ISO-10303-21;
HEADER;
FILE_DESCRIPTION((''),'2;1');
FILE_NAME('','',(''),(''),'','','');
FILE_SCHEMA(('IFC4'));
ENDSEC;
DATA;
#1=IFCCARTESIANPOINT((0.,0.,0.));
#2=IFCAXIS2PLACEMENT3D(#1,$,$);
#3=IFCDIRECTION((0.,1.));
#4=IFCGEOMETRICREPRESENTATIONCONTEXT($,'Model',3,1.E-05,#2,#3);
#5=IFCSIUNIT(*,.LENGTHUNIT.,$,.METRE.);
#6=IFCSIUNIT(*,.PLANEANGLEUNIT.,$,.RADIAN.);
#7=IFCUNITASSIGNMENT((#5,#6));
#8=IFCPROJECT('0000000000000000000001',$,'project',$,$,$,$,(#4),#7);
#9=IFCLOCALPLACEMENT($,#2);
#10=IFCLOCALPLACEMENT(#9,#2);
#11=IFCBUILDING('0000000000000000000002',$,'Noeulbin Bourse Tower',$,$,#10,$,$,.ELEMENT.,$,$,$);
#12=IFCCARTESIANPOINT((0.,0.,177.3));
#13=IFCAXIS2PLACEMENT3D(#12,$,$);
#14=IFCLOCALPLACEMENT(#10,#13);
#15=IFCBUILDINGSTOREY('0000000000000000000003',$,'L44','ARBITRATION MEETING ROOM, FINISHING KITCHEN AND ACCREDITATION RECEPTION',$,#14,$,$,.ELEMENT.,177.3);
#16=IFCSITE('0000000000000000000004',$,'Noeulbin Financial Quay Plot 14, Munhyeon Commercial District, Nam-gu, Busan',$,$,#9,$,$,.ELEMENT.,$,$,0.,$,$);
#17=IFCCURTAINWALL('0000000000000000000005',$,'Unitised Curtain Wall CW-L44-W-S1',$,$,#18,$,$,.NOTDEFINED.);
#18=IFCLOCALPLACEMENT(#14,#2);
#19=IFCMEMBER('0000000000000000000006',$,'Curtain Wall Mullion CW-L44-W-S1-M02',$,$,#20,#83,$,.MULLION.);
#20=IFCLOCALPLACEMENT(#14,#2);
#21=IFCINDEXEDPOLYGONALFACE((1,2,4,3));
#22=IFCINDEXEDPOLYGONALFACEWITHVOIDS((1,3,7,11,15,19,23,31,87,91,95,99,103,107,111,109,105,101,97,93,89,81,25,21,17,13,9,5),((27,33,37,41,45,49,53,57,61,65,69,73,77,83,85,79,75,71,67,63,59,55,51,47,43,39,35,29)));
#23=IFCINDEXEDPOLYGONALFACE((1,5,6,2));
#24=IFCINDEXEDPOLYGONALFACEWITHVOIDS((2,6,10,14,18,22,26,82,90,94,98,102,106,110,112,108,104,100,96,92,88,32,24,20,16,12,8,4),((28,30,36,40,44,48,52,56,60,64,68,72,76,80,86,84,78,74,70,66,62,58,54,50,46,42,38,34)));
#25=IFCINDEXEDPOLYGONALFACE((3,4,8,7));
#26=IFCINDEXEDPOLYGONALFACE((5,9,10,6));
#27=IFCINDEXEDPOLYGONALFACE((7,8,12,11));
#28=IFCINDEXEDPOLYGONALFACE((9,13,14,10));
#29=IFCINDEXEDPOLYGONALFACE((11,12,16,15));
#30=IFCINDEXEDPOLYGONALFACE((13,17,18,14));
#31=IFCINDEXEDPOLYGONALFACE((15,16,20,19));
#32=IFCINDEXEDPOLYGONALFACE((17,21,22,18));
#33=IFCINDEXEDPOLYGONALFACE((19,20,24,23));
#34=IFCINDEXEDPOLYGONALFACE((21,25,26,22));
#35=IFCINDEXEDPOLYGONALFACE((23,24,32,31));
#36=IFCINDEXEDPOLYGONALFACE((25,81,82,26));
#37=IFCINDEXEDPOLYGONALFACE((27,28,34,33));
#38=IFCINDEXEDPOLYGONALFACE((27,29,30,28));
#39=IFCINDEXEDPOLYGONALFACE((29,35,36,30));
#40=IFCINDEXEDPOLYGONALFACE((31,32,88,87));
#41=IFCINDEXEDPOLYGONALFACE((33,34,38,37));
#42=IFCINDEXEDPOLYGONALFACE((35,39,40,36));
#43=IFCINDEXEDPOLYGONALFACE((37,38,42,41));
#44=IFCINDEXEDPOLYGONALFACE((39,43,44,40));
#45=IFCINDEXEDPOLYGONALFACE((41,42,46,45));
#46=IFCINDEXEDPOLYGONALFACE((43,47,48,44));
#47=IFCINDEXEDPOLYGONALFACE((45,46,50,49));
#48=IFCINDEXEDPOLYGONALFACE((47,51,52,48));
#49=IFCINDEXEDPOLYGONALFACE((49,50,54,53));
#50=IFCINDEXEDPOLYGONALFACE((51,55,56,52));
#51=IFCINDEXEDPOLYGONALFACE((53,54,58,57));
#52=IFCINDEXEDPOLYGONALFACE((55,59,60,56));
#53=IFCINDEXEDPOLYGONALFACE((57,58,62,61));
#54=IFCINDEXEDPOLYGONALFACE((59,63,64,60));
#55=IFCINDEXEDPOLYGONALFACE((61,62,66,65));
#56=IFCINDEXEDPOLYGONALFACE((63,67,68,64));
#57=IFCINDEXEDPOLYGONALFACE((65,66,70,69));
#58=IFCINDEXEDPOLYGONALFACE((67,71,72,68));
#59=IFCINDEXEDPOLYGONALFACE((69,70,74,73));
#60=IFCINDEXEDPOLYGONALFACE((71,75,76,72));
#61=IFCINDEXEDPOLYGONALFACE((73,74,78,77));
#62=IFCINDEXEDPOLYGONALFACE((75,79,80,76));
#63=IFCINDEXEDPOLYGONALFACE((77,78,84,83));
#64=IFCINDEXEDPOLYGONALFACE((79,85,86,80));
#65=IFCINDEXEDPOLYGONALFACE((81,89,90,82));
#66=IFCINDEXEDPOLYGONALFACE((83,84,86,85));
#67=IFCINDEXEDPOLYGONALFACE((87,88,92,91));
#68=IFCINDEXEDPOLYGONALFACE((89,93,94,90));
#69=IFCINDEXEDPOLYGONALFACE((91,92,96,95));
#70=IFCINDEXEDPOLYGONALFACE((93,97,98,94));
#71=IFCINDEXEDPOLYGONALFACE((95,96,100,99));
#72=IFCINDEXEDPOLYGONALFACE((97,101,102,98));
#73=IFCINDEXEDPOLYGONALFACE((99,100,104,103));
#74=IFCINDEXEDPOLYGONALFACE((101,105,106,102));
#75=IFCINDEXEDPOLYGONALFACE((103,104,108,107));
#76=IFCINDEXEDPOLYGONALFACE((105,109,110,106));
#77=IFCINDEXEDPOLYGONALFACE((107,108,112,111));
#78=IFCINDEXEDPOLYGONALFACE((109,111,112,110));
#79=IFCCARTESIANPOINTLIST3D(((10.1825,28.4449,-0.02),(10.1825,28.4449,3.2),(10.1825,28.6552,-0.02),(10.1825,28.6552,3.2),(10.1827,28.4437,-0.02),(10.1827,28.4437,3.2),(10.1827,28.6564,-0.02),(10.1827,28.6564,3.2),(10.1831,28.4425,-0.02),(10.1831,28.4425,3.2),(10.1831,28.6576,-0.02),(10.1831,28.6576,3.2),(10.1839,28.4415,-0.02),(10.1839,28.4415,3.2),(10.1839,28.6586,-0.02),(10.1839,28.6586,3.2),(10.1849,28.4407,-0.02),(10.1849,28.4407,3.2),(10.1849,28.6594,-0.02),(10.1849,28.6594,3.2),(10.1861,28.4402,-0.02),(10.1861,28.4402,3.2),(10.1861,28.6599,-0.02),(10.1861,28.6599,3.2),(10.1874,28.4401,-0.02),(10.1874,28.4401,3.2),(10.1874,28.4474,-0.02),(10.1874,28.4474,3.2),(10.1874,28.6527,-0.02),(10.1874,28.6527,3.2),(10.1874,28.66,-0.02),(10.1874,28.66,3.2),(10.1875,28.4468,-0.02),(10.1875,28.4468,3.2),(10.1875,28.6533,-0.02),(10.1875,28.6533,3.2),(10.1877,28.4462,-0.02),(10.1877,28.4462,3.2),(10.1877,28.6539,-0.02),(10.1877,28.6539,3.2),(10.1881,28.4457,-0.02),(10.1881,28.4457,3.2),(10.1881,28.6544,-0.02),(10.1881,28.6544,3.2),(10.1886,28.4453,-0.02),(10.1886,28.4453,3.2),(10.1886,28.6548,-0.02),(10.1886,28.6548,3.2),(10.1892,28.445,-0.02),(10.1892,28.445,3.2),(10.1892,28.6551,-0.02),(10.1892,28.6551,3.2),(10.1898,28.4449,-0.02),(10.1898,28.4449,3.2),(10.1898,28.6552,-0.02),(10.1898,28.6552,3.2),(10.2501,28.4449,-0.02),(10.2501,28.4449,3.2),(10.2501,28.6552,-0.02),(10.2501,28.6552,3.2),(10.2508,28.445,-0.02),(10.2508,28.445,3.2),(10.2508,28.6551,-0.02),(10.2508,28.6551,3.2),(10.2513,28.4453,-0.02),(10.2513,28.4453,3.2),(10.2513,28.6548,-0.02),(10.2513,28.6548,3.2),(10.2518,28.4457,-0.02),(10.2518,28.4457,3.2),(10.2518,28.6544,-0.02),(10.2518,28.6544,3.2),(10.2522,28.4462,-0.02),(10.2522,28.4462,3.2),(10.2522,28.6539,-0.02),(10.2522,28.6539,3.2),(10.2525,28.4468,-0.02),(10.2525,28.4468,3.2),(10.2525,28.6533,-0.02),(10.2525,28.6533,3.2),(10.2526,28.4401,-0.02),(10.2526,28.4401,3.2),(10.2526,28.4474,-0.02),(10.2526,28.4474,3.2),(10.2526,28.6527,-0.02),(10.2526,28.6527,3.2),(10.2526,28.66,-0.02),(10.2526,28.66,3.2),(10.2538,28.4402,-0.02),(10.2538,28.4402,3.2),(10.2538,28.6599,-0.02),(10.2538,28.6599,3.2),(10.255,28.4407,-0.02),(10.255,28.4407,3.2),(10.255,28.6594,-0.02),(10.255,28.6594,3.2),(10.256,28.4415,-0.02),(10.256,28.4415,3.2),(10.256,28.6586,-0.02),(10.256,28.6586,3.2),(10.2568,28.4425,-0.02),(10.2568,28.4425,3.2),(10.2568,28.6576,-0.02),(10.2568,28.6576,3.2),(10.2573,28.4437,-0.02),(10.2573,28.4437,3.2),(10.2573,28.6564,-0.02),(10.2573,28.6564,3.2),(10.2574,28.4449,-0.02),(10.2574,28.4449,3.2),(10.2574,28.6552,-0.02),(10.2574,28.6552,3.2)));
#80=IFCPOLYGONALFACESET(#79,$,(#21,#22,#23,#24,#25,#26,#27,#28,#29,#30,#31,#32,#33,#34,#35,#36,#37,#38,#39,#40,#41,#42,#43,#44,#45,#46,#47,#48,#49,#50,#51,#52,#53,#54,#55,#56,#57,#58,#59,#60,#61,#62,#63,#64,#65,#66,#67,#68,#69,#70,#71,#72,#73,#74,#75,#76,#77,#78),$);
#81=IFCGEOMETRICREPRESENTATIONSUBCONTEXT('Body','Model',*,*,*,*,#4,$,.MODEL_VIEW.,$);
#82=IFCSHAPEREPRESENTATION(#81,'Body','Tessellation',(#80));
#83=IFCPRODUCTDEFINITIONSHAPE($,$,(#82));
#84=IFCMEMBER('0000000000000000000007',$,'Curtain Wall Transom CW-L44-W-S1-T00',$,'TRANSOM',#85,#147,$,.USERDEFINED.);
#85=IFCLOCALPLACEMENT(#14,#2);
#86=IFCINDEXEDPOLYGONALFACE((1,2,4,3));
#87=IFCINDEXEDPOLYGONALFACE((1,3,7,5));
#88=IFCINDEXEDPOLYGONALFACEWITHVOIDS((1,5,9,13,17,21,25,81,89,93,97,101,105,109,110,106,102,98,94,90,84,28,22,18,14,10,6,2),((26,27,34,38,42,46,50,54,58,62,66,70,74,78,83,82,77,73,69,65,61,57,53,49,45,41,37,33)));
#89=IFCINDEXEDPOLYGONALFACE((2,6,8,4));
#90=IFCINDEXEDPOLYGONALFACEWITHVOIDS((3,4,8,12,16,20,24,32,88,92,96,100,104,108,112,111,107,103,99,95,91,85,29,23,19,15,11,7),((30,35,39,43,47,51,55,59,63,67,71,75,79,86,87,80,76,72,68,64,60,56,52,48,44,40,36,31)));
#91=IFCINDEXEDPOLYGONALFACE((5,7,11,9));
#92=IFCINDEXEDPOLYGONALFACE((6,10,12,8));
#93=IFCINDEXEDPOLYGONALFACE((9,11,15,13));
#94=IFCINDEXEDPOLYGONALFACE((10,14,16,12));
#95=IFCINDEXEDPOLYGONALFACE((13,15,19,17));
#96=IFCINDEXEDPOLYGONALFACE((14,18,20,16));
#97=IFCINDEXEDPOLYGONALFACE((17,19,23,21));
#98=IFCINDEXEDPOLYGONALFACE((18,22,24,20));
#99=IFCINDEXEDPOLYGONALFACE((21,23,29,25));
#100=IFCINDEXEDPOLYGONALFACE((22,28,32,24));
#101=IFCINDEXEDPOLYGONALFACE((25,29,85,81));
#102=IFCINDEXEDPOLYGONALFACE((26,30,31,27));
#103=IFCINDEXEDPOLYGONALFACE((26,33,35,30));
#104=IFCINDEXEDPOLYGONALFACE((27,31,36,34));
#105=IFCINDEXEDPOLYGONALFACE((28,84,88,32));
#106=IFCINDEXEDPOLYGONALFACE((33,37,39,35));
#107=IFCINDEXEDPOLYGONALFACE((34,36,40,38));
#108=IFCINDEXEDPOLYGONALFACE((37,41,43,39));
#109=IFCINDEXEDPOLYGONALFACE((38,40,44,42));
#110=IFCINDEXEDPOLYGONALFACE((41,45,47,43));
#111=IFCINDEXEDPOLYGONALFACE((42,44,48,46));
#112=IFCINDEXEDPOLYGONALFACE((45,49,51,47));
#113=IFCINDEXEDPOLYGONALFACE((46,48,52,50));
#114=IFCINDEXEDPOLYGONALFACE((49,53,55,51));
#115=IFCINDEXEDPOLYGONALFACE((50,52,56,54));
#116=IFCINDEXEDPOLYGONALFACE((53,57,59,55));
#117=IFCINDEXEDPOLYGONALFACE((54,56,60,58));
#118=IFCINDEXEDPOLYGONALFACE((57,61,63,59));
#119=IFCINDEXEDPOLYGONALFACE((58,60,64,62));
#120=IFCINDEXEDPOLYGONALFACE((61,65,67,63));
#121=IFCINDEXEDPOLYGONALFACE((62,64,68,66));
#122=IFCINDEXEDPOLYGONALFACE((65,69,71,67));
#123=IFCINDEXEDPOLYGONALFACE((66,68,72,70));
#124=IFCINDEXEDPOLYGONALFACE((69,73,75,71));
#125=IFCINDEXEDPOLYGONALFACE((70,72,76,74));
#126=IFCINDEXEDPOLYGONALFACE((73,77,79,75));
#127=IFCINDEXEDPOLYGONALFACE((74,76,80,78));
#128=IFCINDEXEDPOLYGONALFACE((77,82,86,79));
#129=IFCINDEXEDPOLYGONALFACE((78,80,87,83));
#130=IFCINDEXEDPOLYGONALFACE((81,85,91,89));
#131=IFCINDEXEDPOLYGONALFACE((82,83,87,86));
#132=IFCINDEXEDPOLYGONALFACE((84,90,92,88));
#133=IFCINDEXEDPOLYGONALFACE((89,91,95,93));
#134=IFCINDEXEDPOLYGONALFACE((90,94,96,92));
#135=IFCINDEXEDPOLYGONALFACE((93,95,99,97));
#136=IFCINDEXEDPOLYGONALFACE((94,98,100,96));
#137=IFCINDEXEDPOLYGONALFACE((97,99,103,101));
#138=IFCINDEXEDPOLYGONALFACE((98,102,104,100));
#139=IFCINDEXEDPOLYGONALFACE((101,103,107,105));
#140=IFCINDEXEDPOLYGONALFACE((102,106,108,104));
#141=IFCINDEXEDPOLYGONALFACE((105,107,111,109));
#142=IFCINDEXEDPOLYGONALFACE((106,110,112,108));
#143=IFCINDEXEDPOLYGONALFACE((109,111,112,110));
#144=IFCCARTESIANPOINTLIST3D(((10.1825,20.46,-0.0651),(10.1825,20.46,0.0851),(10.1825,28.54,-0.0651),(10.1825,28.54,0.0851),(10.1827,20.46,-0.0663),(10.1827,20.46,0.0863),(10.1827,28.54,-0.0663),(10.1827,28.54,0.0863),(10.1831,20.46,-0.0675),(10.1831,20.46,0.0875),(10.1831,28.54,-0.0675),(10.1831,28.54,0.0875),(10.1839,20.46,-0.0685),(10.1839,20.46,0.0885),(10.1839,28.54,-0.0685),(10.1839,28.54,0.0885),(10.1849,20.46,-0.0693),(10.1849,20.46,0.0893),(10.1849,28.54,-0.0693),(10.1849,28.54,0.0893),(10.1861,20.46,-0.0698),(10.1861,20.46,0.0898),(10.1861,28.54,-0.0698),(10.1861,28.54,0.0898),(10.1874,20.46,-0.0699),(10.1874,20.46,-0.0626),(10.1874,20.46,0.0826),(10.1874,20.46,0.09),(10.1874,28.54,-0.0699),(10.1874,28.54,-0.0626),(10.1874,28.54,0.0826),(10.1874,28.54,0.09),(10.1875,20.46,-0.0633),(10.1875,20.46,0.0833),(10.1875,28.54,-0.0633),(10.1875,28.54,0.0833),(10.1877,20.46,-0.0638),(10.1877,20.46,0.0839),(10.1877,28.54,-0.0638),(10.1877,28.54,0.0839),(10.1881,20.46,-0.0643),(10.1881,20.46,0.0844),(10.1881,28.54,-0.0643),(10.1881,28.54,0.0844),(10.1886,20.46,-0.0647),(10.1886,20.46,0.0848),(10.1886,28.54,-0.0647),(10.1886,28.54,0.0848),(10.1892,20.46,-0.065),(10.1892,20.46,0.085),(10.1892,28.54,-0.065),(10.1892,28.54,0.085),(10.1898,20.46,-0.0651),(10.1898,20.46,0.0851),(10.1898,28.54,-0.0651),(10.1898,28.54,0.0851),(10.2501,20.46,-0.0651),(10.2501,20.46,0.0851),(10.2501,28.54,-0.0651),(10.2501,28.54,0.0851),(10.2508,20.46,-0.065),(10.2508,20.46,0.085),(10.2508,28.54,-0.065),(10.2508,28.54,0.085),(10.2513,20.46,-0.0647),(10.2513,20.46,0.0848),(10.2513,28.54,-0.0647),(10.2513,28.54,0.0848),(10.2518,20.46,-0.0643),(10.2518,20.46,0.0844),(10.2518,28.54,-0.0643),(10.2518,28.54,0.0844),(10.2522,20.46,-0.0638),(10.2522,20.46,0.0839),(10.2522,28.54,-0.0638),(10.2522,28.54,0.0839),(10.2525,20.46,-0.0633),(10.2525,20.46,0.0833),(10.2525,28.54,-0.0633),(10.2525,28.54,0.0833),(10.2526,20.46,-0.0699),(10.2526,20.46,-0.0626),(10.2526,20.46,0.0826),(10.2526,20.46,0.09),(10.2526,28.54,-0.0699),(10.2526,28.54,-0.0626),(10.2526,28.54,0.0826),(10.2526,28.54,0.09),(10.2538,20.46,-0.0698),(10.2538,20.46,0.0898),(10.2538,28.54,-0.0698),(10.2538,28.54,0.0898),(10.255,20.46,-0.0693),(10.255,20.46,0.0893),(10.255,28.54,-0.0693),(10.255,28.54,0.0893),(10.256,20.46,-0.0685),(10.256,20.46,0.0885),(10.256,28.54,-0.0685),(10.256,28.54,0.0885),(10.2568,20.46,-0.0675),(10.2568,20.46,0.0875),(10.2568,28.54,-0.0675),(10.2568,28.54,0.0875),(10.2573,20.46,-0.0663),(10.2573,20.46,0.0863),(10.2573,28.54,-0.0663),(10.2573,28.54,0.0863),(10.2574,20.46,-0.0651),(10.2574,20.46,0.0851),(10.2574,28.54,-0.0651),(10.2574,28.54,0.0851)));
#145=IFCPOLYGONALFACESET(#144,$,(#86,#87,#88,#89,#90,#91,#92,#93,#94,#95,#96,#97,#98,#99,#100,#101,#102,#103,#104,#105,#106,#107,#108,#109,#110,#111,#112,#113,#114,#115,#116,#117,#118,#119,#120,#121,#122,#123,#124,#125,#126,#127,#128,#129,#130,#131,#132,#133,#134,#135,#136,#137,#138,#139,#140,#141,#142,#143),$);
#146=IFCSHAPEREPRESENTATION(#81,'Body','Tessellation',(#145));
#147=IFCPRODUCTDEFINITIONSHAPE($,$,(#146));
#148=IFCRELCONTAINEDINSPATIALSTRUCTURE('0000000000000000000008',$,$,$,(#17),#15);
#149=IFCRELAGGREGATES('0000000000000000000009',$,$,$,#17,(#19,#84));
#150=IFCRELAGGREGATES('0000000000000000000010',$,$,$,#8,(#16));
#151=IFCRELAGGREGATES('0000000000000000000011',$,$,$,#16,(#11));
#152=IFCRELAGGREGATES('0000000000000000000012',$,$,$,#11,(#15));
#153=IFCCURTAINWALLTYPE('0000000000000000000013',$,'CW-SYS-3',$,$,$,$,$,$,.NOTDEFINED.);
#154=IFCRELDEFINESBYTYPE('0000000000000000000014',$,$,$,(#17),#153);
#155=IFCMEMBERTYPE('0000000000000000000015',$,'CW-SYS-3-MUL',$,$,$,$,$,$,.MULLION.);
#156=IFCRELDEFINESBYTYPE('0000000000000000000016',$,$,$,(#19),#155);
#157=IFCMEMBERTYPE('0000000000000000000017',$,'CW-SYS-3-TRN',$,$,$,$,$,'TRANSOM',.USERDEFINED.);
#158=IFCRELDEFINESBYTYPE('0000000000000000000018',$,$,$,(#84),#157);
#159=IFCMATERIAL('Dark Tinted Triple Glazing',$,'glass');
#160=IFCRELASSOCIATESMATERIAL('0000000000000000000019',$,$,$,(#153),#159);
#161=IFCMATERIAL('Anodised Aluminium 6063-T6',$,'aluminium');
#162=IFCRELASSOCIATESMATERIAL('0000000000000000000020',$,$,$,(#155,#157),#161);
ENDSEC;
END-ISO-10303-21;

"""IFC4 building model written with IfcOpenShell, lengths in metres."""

from ifc_helpers import new_model, si_unit, direction, frame, origin, origin_2d, place, context, subcontext, project, spatial, hollow_rectangle, extrude, material, material_profile, profile_set, type_object, element, aggregate, save


model = new_model("IFC4")

# Units and contexts
model_context = context("Model", 3, precision=1e-05, world=origin(), true_north=direction((0.0, 1.0)))
body_context = subcontext(model_context, "Body", "Model", "MODEL_VIEW")
ifc_project = project(units=[si_unit("LENGTHUNIT", "METRE"), si_unit("PLANEANGLEUNIT", "RADIAN")], contexts=[model_context])

# Site, building, storey
site_placement = place(None, origin())
site = spatial("IfcSite", under=ifc_project, at=site_placement, Name="Noeulbin Financial Quay Plot 14, Munhyeon Commercial District, Nam-gu, Busan", CompositionType="ELEMENT", RefElevation=0.0)
building_placement = place(site_placement, origin())
building = spatial("IfcBuilding", under=site, at=building_placement, Name="Noeulbin Bourse Tower", CompositionType="ELEMENT")
storey_placement = place(building_placement, frame((0.0, 0.0, 177.3)))
storey = spatial("IfcBuildingStorey", under=building, at=storey_placement, Name="L44", Description="ARBITRATION MEETING ROOM, FINISHING KITCHEN AND ACCREDITATION RECEPTION", CompositionType="ELEMENT", Elevation=177.3)

# Curtain wall, members
ifc_material_1 = material(Name="Dark Tinted Triple Glazing", Category="glass")
curtain_wall_type = type_object("IfcCurtainWallType", Name="CW-SYS-3", PredefinedType="NOTDEFINED", material=ifc_material_1)
curtain_wall_placement = place(storey_placement, origin())
curtain_wall = element("IfcCurtainWall", 1, at=curtain_wall_placement, inside=storey, type_object=curtain_wall_type, Name="Unitised Curtain Wall CW-L44-W-S1", PredefinedType="NOTDEFINED")
ifc_material_2 = material(Name="Anodised Aluminium 6063-T6", Category="aluminium")
ifc_material_profile_1 = material_profile(ifc_material_2, hollow_rectangle(XDim=0.075, YDim=0.22, WallThickness=0.0049, InnerFilletRadius=0.0024, OuterFilletRadius=0.0049, at=origin_2d()), Name="ALU-MULL-75x220x5", Category="LoadBearing")
ifc_profile_set_1 = profile_set([ifc_material_profile_1], Name="Anodised Aluminium 6063-T6")
member_type_1 = type_object("IfcMemberType", Name="CW-SYS-3-MUL", PredefinedType="MULLION", material=ifc_profile_set_1)
member_1_placement = place(storey_placement, frame((10.22, 28.55, -0.02), z_axis=(0.0, 0.0, 1.0), x_axis=(1.0, 0.0, 0.0)))
member_1 = element("IfcMember", 2, at=member_1_placement, type_object=member_type_1, Name="Curtain Wall Mullion CW-L44-W-S1-M02", PredefinedType="MULLION", context=body_context, shape_type="SweptSolid", body=[
    extrude(hollow_rectangle(XDim=0.075, YDim=0.22, WallThickness=0.0049, InnerFilletRadius=0.0024, OuterFilletRadius=0.0049, at=origin_2d()), origin(), (0.0, 0.0, 1.0), 3.22),
])
ifc_material_profile_2 = material_profile(ifc_material_2, hollow_rectangle(XDim=0.075, YDim=0.1599, WallThickness=0.0049, InnerFilletRadius=0.0024, OuterFilletRadius=0.0049, at=origin_2d()), Name="ALU-TRAN-75x160x5", Category="LoadBearing")
ifc_profile_set_2 = profile_set([ifc_material_profile_2], Name="Anodised Aluminium 6063-T6")
member_type_2 = type_object("IfcMemberType", Name="CW-SYS-3-TRN", ElementType="TRANSOM", PredefinedType="USERDEFINED", material=ifc_profile_set_2)
member_2_placement = place(storey_placement, frame((10.22, 20.46, 0.01), z_axis=(0.0, 1.0, 0.0), x_axis=(-1.0, 0.0, 0.0)))
member_2 = element("IfcMember", 3, at=member_2_placement, type_object=member_type_2, Name="Curtain Wall Transom CW-L44-W-S1-T00", ObjectType="TRANSOM", PredefinedType="USERDEFINED", context=body_context, shape_type="SweptSolid", body=[
    extrude(hollow_rectangle(XDim=0.075, YDim=0.1599, WallThickness=0.0049, InnerFilletRadius=0.0024, OuterFilletRadius=0.0049, at=origin_2d()), origin(), (0.0, 0.0, 1.0), 8.0801),
])
aggregate(curtain_wall, [member_1, member_2])

save(model, "model.ifc")
